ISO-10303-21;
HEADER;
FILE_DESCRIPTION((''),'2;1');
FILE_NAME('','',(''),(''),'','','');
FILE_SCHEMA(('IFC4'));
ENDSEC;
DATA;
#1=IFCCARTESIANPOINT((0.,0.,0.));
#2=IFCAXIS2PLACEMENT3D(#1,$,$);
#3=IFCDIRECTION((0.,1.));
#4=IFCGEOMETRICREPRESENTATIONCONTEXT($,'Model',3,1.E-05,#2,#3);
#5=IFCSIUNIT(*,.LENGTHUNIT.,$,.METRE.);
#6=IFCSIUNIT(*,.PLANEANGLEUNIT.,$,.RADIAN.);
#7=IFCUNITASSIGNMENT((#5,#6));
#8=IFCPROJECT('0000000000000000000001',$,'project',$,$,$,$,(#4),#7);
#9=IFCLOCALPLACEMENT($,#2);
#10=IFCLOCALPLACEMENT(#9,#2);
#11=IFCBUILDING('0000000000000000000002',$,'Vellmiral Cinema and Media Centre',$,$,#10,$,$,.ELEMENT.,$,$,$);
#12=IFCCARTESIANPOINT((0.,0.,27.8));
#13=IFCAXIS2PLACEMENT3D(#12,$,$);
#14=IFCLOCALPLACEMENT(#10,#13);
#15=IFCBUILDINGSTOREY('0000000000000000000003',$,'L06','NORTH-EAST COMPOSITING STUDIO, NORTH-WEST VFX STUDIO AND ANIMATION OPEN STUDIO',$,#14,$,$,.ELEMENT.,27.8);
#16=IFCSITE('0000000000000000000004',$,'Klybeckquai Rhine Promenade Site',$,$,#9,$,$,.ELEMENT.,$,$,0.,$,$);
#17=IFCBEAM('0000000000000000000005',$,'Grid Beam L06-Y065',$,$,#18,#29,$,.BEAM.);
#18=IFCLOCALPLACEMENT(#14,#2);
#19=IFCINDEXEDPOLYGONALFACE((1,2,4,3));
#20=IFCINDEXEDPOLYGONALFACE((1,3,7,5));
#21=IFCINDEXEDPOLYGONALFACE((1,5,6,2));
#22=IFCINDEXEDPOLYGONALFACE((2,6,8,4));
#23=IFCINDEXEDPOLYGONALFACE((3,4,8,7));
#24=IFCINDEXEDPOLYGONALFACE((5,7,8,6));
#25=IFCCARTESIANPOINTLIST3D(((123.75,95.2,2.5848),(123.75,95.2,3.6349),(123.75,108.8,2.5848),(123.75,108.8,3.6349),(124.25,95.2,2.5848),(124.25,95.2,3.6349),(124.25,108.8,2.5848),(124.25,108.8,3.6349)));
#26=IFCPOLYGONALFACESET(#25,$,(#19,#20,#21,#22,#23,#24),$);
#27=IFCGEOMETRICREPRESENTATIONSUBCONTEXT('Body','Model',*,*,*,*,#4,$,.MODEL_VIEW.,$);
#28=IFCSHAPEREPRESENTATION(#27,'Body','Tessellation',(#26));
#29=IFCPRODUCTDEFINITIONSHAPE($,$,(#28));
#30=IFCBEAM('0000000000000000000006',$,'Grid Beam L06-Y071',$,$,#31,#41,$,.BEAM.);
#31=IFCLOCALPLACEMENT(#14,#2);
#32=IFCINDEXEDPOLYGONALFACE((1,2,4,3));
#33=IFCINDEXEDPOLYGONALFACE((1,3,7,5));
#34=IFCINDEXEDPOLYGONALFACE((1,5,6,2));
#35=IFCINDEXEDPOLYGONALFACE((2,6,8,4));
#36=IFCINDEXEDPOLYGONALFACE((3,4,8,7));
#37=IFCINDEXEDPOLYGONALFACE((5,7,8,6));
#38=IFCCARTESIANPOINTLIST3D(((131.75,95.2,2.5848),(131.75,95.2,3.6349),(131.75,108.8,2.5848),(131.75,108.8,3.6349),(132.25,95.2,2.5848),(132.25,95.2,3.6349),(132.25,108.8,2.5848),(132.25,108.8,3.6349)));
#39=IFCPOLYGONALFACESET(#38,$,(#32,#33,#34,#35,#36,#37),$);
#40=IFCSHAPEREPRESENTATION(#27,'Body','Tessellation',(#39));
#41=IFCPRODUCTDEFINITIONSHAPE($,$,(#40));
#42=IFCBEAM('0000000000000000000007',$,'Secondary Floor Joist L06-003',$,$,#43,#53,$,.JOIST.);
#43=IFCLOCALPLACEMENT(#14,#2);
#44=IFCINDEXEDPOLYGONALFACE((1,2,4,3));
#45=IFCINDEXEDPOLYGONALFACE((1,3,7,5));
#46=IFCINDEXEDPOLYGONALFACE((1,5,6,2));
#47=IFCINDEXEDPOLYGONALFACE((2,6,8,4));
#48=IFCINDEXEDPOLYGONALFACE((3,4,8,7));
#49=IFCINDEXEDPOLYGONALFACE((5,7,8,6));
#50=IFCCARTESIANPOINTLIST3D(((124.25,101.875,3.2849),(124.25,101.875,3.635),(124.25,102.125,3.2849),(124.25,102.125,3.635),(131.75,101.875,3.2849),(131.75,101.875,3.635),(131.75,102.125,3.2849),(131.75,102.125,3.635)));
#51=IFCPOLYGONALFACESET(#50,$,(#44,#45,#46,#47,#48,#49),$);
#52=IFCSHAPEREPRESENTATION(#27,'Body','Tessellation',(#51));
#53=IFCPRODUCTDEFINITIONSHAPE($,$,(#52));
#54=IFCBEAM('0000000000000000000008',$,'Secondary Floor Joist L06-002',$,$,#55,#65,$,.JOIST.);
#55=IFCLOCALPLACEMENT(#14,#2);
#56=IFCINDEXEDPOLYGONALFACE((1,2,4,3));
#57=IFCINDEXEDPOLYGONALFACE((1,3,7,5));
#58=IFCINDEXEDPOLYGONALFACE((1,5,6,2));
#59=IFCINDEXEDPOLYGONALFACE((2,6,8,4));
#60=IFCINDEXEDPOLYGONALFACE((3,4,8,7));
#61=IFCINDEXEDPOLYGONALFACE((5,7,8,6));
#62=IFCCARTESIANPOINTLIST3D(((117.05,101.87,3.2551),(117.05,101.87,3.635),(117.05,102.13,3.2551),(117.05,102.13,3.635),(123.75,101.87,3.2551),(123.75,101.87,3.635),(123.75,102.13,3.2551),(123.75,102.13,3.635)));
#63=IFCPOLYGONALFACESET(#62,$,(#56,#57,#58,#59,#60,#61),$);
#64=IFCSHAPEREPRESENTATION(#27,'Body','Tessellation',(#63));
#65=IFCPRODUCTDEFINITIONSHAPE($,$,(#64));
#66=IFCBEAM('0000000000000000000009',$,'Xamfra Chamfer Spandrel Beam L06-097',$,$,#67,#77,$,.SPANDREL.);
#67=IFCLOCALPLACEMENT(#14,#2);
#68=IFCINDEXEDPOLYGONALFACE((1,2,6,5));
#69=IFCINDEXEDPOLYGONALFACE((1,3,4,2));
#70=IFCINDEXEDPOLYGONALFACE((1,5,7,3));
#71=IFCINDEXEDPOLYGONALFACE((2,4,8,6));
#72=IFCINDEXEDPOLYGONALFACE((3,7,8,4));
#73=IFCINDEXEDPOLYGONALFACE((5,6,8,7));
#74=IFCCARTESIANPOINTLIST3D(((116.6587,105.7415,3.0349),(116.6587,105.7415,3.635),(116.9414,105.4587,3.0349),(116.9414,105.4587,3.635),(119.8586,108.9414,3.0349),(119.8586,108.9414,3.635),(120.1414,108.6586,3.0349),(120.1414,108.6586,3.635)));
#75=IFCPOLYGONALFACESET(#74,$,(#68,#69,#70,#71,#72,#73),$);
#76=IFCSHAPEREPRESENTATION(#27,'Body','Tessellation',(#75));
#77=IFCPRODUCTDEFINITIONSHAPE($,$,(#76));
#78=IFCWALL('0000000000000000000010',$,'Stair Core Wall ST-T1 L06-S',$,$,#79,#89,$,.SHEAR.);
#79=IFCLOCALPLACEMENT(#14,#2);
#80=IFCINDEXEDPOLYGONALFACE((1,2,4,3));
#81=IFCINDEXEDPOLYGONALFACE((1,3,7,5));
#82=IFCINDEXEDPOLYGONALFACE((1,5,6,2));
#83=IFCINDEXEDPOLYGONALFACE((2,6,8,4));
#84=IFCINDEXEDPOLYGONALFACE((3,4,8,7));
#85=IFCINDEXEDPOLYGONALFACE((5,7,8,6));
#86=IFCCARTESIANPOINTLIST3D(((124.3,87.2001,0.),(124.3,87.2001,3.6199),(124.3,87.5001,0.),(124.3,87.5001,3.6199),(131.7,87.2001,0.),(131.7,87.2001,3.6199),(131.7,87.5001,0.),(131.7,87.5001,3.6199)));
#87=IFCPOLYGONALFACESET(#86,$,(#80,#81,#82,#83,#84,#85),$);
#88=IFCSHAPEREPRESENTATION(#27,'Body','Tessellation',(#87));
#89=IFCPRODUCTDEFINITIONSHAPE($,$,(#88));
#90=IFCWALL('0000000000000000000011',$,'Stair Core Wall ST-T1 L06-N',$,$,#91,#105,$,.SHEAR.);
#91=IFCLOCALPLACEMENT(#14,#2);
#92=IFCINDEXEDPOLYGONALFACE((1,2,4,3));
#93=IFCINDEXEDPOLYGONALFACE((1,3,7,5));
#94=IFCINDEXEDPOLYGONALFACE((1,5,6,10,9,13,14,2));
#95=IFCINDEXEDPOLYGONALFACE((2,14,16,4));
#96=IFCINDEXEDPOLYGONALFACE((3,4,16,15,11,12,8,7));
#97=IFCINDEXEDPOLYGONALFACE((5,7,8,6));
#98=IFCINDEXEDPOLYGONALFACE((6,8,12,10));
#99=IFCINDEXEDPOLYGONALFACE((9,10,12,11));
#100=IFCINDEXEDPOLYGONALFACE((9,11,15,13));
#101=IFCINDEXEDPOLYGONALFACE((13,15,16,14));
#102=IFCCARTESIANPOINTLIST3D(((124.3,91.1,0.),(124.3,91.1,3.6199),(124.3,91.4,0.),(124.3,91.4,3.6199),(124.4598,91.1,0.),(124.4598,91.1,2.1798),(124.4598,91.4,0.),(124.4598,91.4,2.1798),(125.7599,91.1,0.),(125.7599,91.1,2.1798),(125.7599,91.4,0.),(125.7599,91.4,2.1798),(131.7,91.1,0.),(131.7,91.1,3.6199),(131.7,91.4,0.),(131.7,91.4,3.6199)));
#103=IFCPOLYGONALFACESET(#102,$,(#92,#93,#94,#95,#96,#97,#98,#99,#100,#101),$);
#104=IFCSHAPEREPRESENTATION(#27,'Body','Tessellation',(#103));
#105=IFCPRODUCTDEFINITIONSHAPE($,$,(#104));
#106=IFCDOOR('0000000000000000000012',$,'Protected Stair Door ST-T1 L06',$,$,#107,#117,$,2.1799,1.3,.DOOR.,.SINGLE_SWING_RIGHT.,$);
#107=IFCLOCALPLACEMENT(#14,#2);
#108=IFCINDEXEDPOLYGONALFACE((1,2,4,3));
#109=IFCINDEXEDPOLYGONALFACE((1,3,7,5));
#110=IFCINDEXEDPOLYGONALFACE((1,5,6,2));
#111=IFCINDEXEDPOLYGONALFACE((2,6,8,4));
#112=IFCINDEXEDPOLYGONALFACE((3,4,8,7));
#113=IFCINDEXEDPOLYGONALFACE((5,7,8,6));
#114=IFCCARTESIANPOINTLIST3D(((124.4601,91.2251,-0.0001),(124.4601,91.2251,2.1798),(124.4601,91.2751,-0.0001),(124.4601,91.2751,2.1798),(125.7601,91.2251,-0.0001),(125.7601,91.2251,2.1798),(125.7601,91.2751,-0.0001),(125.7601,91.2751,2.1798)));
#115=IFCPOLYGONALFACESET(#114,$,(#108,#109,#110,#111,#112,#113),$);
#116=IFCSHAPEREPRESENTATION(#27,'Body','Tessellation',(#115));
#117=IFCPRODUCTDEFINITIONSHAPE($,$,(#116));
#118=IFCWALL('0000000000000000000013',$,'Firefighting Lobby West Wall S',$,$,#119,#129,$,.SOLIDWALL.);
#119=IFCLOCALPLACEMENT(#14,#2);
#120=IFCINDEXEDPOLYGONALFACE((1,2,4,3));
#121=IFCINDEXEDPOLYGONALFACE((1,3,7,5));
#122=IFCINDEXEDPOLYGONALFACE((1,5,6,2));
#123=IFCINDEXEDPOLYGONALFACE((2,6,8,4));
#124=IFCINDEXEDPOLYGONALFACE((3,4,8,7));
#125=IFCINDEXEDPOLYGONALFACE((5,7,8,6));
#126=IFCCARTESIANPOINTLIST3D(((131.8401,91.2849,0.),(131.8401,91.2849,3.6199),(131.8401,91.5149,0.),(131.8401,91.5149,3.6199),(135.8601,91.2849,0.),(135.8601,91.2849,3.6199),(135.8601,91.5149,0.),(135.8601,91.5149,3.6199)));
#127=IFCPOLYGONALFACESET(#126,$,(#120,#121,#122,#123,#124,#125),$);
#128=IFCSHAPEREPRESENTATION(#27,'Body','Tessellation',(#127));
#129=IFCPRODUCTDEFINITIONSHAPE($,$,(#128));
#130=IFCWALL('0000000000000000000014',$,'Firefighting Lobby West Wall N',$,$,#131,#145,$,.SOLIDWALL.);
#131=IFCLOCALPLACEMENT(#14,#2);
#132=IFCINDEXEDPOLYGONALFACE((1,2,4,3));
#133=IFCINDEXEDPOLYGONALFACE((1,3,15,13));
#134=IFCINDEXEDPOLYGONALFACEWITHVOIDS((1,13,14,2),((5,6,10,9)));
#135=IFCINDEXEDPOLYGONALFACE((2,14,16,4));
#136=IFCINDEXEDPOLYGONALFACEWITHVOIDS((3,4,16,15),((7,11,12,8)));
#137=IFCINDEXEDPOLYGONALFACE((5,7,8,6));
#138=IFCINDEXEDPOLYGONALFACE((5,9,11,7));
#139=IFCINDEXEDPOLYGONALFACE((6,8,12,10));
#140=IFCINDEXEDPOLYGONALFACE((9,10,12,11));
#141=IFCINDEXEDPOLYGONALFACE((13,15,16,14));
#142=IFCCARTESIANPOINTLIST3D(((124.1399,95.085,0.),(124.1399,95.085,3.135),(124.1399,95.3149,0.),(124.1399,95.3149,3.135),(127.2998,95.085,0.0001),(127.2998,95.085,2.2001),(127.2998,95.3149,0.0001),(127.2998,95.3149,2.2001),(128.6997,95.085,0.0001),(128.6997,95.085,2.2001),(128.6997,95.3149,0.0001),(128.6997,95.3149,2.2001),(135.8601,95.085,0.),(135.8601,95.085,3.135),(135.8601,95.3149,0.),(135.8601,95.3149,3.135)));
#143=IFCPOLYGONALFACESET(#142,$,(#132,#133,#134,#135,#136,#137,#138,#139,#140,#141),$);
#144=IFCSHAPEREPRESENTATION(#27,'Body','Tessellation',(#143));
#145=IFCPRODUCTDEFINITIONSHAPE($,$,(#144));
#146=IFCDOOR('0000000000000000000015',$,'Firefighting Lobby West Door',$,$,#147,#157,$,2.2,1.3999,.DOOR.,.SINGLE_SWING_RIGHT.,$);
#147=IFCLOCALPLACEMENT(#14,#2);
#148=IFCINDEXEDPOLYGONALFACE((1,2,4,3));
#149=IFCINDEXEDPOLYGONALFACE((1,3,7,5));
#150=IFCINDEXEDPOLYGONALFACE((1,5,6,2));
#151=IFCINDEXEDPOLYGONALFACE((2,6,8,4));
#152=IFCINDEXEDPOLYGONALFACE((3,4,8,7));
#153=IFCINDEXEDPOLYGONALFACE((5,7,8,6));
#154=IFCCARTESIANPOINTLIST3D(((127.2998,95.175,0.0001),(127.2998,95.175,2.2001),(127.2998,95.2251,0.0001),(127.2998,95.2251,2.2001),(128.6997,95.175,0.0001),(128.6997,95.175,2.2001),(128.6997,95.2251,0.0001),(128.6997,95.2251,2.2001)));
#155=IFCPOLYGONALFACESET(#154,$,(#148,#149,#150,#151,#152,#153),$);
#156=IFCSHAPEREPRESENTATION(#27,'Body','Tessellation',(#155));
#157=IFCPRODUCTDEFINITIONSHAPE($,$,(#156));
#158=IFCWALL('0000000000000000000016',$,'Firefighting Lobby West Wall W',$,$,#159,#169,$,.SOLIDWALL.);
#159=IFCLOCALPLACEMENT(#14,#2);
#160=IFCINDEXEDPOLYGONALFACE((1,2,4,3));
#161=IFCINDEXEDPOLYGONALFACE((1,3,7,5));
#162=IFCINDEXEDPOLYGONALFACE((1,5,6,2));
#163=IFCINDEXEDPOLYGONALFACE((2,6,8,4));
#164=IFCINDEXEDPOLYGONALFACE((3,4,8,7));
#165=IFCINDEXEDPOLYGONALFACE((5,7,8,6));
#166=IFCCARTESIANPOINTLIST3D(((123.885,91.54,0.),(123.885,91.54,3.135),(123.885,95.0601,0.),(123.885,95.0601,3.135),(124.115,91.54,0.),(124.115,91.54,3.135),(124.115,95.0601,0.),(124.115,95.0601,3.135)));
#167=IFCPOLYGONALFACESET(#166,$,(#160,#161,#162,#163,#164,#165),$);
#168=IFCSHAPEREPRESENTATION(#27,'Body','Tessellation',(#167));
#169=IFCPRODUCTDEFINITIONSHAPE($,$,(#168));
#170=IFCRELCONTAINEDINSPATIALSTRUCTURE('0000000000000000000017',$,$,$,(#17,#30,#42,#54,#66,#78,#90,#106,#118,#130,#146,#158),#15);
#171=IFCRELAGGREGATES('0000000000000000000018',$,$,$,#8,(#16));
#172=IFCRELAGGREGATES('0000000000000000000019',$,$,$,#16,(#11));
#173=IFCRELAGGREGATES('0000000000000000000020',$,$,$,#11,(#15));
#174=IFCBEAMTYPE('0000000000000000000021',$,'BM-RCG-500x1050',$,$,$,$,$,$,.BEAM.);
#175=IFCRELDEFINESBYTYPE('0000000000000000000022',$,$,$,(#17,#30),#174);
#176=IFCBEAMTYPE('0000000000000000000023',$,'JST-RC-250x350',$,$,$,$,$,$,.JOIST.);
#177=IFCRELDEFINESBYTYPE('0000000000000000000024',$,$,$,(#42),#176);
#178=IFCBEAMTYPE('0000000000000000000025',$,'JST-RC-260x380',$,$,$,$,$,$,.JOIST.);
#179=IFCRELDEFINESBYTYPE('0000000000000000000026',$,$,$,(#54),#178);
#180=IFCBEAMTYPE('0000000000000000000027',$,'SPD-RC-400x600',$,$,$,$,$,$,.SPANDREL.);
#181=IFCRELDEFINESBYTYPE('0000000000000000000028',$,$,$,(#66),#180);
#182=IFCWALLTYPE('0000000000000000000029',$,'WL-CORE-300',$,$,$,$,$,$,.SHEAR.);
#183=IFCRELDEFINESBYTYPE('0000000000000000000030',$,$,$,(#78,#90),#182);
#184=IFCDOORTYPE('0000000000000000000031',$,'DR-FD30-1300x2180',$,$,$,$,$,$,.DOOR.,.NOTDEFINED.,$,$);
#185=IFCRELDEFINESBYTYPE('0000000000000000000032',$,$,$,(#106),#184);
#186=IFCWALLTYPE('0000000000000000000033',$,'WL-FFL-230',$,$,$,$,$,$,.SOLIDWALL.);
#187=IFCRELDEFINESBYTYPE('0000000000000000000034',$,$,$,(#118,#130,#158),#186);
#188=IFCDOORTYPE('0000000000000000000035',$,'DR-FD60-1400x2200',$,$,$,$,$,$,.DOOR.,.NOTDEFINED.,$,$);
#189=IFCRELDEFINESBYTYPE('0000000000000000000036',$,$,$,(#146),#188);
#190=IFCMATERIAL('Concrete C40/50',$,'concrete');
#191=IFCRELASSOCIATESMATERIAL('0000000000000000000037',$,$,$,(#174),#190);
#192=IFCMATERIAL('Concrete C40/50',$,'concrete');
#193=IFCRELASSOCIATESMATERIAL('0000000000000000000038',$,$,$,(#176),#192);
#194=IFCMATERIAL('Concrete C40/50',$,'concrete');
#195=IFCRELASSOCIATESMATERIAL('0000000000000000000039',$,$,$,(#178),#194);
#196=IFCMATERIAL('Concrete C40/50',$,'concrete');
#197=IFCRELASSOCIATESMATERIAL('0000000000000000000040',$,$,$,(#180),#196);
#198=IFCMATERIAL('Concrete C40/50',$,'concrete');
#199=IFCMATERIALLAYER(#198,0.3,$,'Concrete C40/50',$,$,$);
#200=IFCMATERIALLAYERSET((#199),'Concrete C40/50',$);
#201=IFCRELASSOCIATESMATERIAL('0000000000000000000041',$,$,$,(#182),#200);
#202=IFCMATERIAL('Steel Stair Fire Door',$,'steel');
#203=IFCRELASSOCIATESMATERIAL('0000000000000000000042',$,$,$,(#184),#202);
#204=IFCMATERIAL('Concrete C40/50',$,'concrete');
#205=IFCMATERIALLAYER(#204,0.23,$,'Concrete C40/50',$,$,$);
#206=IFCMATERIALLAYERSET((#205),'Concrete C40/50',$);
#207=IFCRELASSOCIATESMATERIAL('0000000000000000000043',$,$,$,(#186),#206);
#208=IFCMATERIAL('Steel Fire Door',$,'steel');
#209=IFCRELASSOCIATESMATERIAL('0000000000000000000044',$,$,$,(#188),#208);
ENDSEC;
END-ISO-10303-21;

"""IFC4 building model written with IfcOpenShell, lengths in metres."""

from ifc_helpers import new_model, si_unit, direction, frame, frame_2d, origin, origin_2d, place, context, subcontext, project, spatial, rectangle, extrude, material, layer, layer_set, material_profile, profile_set, type_object, element, fill, save


model = new_model("IFC4")

# Units and contexts
model_context = context("Model", 3, precision=1e-05, world=origin(), true_north=direction((0.0, 1.0)))
body_context = subcontext(model_context, "Body", "Model", "MODEL_VIEW")
ifc_project = project(units=[si_unit("LENGTHUNIT", "METRE"), si_unit("PLANEANGLEUNIT", "RADIAN")], contexts=[model_context])

# Site, building, storey
site_placement = place(None, origin())
site = spatial("IfcSite", under=ifc_project, at=site_placement, Name="Klybeckquai Rhine Promenade Site", CompositionType="ELEMENT", RefElevation=0.0)
building_placement = place(site_placement, origin())
building = spatial("IfcBuilding", under=site, at=building_placement, Name="Vellmiral Cinema and Media Centre", CompositionType="ELEMENT")
storey_placement = place(building_placement, frame((0.0, 0.0, 27.8)))
storey = spatial("IfcBuildingStorey", under=building, at=storey_placement, Name="L06", Description="NORTH-EAST COMPOSITING STUDIO, NORTH-WEST VFX STUDIO AND ANIMATION OPEN STUDIO", CompositionType="ELEMENT", Elevation=27.8)

# Beams
ifc_material_1 = material(Name="Concrete C40/50", Category="concrete")
ifc_material_profile_1 = material_profile(ifc_material_1, rectangle(XDim=0.5, YDim=1.05, at=origin_2d()), Name="RC 500x1050")
ifc_profile_set_1 = profile_set([ifc_material_profile_1], Name="Concrete C40/50")
beam_type_1 = type_object("IfcBeamType", Name="BM-RCG-500x1050", PredefinedType="BEAM", material=ifc_profile_set_1)
for number, where, z_axis, x_axis, name in (
    (1, (124.0, 95.2, 3.1099), (0.0, 1.0, 0.0), (-1.0, 0.0, 0.0), "Grid Beam L06-Y065"),
    (2, (132.0, 95.2, 3.1099), (0.0, 1.0, 0.0), (-1.0, 0.0, 0.0), "Grid Beam L06-Y071"),
):
    element("IfcBeam", number, at=place(storey_placement, frame(where, z_axis=z_axis, x_axis=x_axis)), inside=storey, type_object=beam_type_1, Name=name, PredefinedType="BEAM", context=body_context, shape_type="SweptSolid", body=[
        extrude(rectangle(XDim=0.5, YDim=1.05, at=origin_2d()), origin(), (0.0, 0.0, 1.0), 13.6001),
    ])
ifc_material_2 = material(Name="Concrete C40/50", Category="concrete")
ifc_material_profile_2 = material_profile(ifc_material_2, rectangle(XDim=0.25, YDim=0.3501, at=origin_2d()), Name="RC 250x350")
ifc_profile_set_2 = profile_set([ifc_material_profile_2], Name="Concrete C40/50")
beam_type_2 = type_object("IfcBeamType", Name="JST-RC-250x350", PredefinedType="JOIST", material=ifc_profile_set_2)
beam_1_placement = place(storey_placement, frame((124.25, 102.0, 3.46), z_axis=(1.0, 0.0, 0.0), x_axis=(0.0, 1.0, 0.0)))
element("IfcBeam", 3, at=beam_1_placement, inside=storey, type_object=beam_type_2, Name="Secondary Floor Joist L06-003", PredefinedType="JOIST", context=body_context, shape_type="SweptSolid", body=[
    extrude(rectangle(XDim=0.25, YDim=0.3501, at=origin_2d()), origin(), (0.0, 0.0, 1.0), 7.5),
])
ifc_material_3 = material(Name="Concrete C40/50", Category="concrete")
ifc_material_profile_3 = material_profile(ifc_material_3, rectangle(XDim=0.26, YDim=0.3799, at=origin_2d()), Name="RC 260x380")
ifc_profile_set_3 = profile_set([ifc_material_profile_3], Name="Concrete C40/50")
beam_type_3 = type_object("IfcBeamType", Name="JST-RC-260x380", PredefinedType="JOIST", material=ifc_profile_set_3)
beam_2_placement = place(storey_placement, frame((117.05, 102.0, 3.4451), z_axis=(1.0, 0.0, 0.0), x_axis=(0.0, 1.0, 0.0)))
element("IfcBeam", 4, at=beam_2_placement, inside=storey, type_object=beam_type_3, Name="Secondary Floor Joist L06-002", PredefinedType="JOIST", context=body_context, shape_type="SweptSolid", body=[
    extrude(rectangle(XDim=0.26, YDim=0.3799, at=origin_2d()), origin(), (0.0, 0.0, 1.0), 6.7),
])
ifc_material_4 = material(Name="Concrete C40/50", Category="concrete")
ifc_material_profile_4 = material_profile(ifc_material_4, rectangle(XDim=0.3999, YDim=0.6001, at=origin_2d()), Name="RC 400x600")
ifc_profile_set_4 = profile_set([ifc_material_profile_4], Name="Concrete C40/50")
beam_type_4 = type_object("IfcBeamType", Name="SPD-RC-400x600", PredefinedType="SPANDREL", material=ifc_profile_set_4)
beam_3_placement = place(storey_placement, frame((116.8, 105.6001, 3.335), z_axis=(0.707107, 0.707107, 0.0), x_axis=(-0.707107, 0.707107, 0.0)))
element("IfcBeam", 5, at=beam_3_placement, inside=storey, type_object=beam_type_4, Name="Xamfra Chamfer Spandrel Beam L06-097", PredefinedType="SPANDREL", context=body_context, shape_type="SweptSolid", body=[
    extrude(rectangle(XDim=0.3999, YDim=0.6001, at=origin_2d()), origin(), (0.0, 0.0, 1.0), 4.5254),
])

# Wall
ifc_material_5 = material(Name="Concrete C40/50", Category="concrete")
ifc_layer_1 = layer(ifc_material_5, 0.3, Name="Concrete C40/50")
ifc_layer_set_1 = layer_set([ifc_layer_1], Name="Concrete C40/50")
wall_type_1 = type_object("IfcWallType", Name="WL-CORE-300", PredefinedType="SHEAR", material=ifc_layer_set_1)
wall_1_placement = place(storey_placement, frame((124.3, 87.3501, 0.0), z_axis=(0.0, 0.0, 1.0), x_axis=(1.0, 0.0, 0.0)))
element("IfcWall", 6, at=wall_1_placement, inside=storey, type_object=wall_type_1, Name="Stair Core Wall ST-T1 L06-S", PredefinedType="SHEAR", context=body_context, shape_type="SweptSolid", body=[
    extrude(rectangle(XDim=7.3999, YDim=0.3, at=frame_2d((3.7, 0.0))), origin(), (0.0, 0.0, 1.0), 3.6199),
])

# Wall, opening, door
wall_2_placement = place(storey_placement, frame((124.3, 91.25, 0.0), z_axis=(0.0, 0.0, 1.0), x_axis=(1.0, 0.0, 0.0)))
wall_2 = element("IfcWall", 7, at=wall_2_placement, inside=storey, type_object=wall_type_1, Name="Stair Core Wall ST-T1 L06-N", PredefinedType="SHEAR", context=body_context, shape_type="SweptSolid", body=[
    extrude(rectangle(XDim=7.3999, YDim=0.3, at=frame_2d((3.7, 0.0))), origin(), (0.0, 0.0, 1.0), 3.6199),
])
opening_1_placement = place(wall_2_placement, frame((0.1599, 0.0, 0.0)))
opening_1 = element("IfcOpeningElement", 8, at=opening_1_placement, cuts=wall_2, PredefinedType="OPENING", context=body_context, shape_type="SweptSolid", body=[
    extrude(rectangle(XDim=1.3, YDim=2.1799, at=frame_2d((0.6499, 1.0898))), frame((0.0, 0.1621, 0.0), z_axis=(0.0, -1.0, 0.0), x_axis=(1.0, 0.0, 0.0)), (0.0, 0.0, 1.0), 0.324),
])
ifc_material_6 = material(Name="Steel Stair Fire Door", Category="steel")
door_type_1 = type_object("IfcDoorType", Name="DR-FD30-1300x2180", OperationType="NOTDEFINED", PredefinedType="DOOR", material=ifc_material_6)
door_1_placement = place(opening_1_placement, frame((1.3, 0.0, 0.0), z_axis=(0.0, 0.0, 1.0), x_axis=(-1.0, 0.0, 0.0)))
door_1 = element("IfcDoor", 9, at=door_1_placement, inside=storey, type_object=door_type_1, Name="Protected Stair Door ST-T1 L06", OperationType="SINGLE_SWING_RIGHT", OverallHeight=2.1799, OverallWidth=1.3, PredefinedType="DOOR", context=body_context, shape_type="SweptSolid", body=[
    extrude(rectangle(XDim=1.3, YDim=2.1799, at=frame_2d((0.6499, 1.0898))), frame((0.0, 0.0249, 0.0), z_axis=(0.0, -1.0, 0.0), x_axis=(1.0, 0.0, 0.0)), (0.0, 0.0, 1.0), 0.05),
])
fill(opening_1, door_1)

# Wall
ifc_material_7 = material(Name="Concrete C40/50", Category="concrete")
ifc_layer_2 = layer(ifc_material_7, 0.23, Name="Concrete C40/50")
ifc_layer_set_2 = layer_set([ifc_layer_2], Name="Concrete C40/50")
wall_type_2 = type_object("IfcWallType", Name="WL-FFL-230", PredefinedType="SOLIDWALL", material=ifc_layer_set_2)
wall_3_placement = place(storey_placement, frame((131.8401, 91.3999, 0.0), z_axis=(0.0, 0.0, 1.0), x_axis=(1.0, 0.0, 0.0)))
element("IfcWall", 10, at=wall_3_placement, inside=storey, type_object=wall_type_2, Name="Firefighting Lobby West Wall S", PredefinedType="SOLIDWALL", context=body_context, shape_type="SweptSolid", body=[
    extrude(rectangle(XDim=4.02, YDim=0.23, at=frame_2d((2.01, 0.0))), origin(), (0.0, 0.0, 1.0), 3.6199),
])

# Wall, opening, door
wall_4_placement = place(storey_placement, frame((124.1399, 95.2, 0.0), z_axis=(0.0, 0.0, 1.0), x_axis=(1.0, 0.0, 0.0)))
wall_4 = element("IfcWall", 11, at=wall_4_placement, inside=storey, type_object=wall_type_2, Name="Firefighting Lobby West Wall N", PredefinedType="SOLIDWALL", context=body_context, shape_type="SweptSolid", body=[
    extrude(rectangle(XDim=11.7202, YDim=0.23, at=frame_2d((5.8601, 0.0))), origin(), (0.0, 0.0, 1.0), 3.135),
])
opening_2_placement = place(wall_4_placement, frame((3.1599, 0.0, 0.0)))
opening_2 = element("IfcOpeningElement", 12, at=opening_2_placement, cuts=wall_4, PredefinedType="OPENING", context=body_context, shape_type="SweptSolid", body=[
    extrude(rectangle(XDim=1.3999, YDim=2.2, at=frame_2d((0.7, 1.1001))), frame((0.0, 0.127, 0.0), z_axis=(0.0, -1.0, 0.0), x_axis=(1.0, 0.0, 0.0)), (0.0, 0.0, 1.0), 0.2539),
])
ifc_material_8 = material(Name="Steel Fire Door", Category="steel")
door_type_2 = type_object("IfcDoorType", Name="DR-FD60-1400x2200", OperationType="NOTDEFINED", PredefinedType="DOOR", material=ifc_material_8)
door_2_placement = place(opening_2_placement, frame((1.3999, 0.0, 0.0), z_axis=(0.0, 0.0, 1.0), x_axis=(-1.0, 0.0, 0.0)))
door_2 = element("IfcDoor", 13, at=door_2_placement, inside=storey, type_object=door_type_2, Name="Firefighting Lobby West Door", OperationType="SINGLE_SWING_RIGHT", OverallHeight=2.2, OverallWidth=1.3999, PredefinedType="DOOR", context=body_context, shape_type="SweptSolid", body=[
    extrude(rectangle(XDim=1.3999, YDim=2.2, at=frame_2d((0.7, 1.1001))), frame((0.0, 0.0249, 0.0), z_axis=(0.0, -1.0, 0.0), x_axis=(1.0, 0.0, 0.0)), (0.0, 0.0, 1.0), 0.05),
])
fill(opening_2, door_2)

# Wall
wall_5_placement = place(storey_placement, frame((124.0, 91.54, 0.0), z_axis=(0.0, 0.0, 1.0), x_axis=(0.0, 1.0, 0.0)))
element("IfcWall", 14, at=wall_5_placement, inside=storey, type_object=wall_type_2, Name="Firefighting Lobby West Wall W", PredefinedType="SOLIDWALL", context=body_context, shape_type="SweptSolid", body=[
    extrude(rectangle(XDim=3.52, YDim=0.23, at=frame_2d((1.76, 0.0))), origin(), (0.0, 0.0, 1.0), 3.135),
])

save(model, "model.ifc")
